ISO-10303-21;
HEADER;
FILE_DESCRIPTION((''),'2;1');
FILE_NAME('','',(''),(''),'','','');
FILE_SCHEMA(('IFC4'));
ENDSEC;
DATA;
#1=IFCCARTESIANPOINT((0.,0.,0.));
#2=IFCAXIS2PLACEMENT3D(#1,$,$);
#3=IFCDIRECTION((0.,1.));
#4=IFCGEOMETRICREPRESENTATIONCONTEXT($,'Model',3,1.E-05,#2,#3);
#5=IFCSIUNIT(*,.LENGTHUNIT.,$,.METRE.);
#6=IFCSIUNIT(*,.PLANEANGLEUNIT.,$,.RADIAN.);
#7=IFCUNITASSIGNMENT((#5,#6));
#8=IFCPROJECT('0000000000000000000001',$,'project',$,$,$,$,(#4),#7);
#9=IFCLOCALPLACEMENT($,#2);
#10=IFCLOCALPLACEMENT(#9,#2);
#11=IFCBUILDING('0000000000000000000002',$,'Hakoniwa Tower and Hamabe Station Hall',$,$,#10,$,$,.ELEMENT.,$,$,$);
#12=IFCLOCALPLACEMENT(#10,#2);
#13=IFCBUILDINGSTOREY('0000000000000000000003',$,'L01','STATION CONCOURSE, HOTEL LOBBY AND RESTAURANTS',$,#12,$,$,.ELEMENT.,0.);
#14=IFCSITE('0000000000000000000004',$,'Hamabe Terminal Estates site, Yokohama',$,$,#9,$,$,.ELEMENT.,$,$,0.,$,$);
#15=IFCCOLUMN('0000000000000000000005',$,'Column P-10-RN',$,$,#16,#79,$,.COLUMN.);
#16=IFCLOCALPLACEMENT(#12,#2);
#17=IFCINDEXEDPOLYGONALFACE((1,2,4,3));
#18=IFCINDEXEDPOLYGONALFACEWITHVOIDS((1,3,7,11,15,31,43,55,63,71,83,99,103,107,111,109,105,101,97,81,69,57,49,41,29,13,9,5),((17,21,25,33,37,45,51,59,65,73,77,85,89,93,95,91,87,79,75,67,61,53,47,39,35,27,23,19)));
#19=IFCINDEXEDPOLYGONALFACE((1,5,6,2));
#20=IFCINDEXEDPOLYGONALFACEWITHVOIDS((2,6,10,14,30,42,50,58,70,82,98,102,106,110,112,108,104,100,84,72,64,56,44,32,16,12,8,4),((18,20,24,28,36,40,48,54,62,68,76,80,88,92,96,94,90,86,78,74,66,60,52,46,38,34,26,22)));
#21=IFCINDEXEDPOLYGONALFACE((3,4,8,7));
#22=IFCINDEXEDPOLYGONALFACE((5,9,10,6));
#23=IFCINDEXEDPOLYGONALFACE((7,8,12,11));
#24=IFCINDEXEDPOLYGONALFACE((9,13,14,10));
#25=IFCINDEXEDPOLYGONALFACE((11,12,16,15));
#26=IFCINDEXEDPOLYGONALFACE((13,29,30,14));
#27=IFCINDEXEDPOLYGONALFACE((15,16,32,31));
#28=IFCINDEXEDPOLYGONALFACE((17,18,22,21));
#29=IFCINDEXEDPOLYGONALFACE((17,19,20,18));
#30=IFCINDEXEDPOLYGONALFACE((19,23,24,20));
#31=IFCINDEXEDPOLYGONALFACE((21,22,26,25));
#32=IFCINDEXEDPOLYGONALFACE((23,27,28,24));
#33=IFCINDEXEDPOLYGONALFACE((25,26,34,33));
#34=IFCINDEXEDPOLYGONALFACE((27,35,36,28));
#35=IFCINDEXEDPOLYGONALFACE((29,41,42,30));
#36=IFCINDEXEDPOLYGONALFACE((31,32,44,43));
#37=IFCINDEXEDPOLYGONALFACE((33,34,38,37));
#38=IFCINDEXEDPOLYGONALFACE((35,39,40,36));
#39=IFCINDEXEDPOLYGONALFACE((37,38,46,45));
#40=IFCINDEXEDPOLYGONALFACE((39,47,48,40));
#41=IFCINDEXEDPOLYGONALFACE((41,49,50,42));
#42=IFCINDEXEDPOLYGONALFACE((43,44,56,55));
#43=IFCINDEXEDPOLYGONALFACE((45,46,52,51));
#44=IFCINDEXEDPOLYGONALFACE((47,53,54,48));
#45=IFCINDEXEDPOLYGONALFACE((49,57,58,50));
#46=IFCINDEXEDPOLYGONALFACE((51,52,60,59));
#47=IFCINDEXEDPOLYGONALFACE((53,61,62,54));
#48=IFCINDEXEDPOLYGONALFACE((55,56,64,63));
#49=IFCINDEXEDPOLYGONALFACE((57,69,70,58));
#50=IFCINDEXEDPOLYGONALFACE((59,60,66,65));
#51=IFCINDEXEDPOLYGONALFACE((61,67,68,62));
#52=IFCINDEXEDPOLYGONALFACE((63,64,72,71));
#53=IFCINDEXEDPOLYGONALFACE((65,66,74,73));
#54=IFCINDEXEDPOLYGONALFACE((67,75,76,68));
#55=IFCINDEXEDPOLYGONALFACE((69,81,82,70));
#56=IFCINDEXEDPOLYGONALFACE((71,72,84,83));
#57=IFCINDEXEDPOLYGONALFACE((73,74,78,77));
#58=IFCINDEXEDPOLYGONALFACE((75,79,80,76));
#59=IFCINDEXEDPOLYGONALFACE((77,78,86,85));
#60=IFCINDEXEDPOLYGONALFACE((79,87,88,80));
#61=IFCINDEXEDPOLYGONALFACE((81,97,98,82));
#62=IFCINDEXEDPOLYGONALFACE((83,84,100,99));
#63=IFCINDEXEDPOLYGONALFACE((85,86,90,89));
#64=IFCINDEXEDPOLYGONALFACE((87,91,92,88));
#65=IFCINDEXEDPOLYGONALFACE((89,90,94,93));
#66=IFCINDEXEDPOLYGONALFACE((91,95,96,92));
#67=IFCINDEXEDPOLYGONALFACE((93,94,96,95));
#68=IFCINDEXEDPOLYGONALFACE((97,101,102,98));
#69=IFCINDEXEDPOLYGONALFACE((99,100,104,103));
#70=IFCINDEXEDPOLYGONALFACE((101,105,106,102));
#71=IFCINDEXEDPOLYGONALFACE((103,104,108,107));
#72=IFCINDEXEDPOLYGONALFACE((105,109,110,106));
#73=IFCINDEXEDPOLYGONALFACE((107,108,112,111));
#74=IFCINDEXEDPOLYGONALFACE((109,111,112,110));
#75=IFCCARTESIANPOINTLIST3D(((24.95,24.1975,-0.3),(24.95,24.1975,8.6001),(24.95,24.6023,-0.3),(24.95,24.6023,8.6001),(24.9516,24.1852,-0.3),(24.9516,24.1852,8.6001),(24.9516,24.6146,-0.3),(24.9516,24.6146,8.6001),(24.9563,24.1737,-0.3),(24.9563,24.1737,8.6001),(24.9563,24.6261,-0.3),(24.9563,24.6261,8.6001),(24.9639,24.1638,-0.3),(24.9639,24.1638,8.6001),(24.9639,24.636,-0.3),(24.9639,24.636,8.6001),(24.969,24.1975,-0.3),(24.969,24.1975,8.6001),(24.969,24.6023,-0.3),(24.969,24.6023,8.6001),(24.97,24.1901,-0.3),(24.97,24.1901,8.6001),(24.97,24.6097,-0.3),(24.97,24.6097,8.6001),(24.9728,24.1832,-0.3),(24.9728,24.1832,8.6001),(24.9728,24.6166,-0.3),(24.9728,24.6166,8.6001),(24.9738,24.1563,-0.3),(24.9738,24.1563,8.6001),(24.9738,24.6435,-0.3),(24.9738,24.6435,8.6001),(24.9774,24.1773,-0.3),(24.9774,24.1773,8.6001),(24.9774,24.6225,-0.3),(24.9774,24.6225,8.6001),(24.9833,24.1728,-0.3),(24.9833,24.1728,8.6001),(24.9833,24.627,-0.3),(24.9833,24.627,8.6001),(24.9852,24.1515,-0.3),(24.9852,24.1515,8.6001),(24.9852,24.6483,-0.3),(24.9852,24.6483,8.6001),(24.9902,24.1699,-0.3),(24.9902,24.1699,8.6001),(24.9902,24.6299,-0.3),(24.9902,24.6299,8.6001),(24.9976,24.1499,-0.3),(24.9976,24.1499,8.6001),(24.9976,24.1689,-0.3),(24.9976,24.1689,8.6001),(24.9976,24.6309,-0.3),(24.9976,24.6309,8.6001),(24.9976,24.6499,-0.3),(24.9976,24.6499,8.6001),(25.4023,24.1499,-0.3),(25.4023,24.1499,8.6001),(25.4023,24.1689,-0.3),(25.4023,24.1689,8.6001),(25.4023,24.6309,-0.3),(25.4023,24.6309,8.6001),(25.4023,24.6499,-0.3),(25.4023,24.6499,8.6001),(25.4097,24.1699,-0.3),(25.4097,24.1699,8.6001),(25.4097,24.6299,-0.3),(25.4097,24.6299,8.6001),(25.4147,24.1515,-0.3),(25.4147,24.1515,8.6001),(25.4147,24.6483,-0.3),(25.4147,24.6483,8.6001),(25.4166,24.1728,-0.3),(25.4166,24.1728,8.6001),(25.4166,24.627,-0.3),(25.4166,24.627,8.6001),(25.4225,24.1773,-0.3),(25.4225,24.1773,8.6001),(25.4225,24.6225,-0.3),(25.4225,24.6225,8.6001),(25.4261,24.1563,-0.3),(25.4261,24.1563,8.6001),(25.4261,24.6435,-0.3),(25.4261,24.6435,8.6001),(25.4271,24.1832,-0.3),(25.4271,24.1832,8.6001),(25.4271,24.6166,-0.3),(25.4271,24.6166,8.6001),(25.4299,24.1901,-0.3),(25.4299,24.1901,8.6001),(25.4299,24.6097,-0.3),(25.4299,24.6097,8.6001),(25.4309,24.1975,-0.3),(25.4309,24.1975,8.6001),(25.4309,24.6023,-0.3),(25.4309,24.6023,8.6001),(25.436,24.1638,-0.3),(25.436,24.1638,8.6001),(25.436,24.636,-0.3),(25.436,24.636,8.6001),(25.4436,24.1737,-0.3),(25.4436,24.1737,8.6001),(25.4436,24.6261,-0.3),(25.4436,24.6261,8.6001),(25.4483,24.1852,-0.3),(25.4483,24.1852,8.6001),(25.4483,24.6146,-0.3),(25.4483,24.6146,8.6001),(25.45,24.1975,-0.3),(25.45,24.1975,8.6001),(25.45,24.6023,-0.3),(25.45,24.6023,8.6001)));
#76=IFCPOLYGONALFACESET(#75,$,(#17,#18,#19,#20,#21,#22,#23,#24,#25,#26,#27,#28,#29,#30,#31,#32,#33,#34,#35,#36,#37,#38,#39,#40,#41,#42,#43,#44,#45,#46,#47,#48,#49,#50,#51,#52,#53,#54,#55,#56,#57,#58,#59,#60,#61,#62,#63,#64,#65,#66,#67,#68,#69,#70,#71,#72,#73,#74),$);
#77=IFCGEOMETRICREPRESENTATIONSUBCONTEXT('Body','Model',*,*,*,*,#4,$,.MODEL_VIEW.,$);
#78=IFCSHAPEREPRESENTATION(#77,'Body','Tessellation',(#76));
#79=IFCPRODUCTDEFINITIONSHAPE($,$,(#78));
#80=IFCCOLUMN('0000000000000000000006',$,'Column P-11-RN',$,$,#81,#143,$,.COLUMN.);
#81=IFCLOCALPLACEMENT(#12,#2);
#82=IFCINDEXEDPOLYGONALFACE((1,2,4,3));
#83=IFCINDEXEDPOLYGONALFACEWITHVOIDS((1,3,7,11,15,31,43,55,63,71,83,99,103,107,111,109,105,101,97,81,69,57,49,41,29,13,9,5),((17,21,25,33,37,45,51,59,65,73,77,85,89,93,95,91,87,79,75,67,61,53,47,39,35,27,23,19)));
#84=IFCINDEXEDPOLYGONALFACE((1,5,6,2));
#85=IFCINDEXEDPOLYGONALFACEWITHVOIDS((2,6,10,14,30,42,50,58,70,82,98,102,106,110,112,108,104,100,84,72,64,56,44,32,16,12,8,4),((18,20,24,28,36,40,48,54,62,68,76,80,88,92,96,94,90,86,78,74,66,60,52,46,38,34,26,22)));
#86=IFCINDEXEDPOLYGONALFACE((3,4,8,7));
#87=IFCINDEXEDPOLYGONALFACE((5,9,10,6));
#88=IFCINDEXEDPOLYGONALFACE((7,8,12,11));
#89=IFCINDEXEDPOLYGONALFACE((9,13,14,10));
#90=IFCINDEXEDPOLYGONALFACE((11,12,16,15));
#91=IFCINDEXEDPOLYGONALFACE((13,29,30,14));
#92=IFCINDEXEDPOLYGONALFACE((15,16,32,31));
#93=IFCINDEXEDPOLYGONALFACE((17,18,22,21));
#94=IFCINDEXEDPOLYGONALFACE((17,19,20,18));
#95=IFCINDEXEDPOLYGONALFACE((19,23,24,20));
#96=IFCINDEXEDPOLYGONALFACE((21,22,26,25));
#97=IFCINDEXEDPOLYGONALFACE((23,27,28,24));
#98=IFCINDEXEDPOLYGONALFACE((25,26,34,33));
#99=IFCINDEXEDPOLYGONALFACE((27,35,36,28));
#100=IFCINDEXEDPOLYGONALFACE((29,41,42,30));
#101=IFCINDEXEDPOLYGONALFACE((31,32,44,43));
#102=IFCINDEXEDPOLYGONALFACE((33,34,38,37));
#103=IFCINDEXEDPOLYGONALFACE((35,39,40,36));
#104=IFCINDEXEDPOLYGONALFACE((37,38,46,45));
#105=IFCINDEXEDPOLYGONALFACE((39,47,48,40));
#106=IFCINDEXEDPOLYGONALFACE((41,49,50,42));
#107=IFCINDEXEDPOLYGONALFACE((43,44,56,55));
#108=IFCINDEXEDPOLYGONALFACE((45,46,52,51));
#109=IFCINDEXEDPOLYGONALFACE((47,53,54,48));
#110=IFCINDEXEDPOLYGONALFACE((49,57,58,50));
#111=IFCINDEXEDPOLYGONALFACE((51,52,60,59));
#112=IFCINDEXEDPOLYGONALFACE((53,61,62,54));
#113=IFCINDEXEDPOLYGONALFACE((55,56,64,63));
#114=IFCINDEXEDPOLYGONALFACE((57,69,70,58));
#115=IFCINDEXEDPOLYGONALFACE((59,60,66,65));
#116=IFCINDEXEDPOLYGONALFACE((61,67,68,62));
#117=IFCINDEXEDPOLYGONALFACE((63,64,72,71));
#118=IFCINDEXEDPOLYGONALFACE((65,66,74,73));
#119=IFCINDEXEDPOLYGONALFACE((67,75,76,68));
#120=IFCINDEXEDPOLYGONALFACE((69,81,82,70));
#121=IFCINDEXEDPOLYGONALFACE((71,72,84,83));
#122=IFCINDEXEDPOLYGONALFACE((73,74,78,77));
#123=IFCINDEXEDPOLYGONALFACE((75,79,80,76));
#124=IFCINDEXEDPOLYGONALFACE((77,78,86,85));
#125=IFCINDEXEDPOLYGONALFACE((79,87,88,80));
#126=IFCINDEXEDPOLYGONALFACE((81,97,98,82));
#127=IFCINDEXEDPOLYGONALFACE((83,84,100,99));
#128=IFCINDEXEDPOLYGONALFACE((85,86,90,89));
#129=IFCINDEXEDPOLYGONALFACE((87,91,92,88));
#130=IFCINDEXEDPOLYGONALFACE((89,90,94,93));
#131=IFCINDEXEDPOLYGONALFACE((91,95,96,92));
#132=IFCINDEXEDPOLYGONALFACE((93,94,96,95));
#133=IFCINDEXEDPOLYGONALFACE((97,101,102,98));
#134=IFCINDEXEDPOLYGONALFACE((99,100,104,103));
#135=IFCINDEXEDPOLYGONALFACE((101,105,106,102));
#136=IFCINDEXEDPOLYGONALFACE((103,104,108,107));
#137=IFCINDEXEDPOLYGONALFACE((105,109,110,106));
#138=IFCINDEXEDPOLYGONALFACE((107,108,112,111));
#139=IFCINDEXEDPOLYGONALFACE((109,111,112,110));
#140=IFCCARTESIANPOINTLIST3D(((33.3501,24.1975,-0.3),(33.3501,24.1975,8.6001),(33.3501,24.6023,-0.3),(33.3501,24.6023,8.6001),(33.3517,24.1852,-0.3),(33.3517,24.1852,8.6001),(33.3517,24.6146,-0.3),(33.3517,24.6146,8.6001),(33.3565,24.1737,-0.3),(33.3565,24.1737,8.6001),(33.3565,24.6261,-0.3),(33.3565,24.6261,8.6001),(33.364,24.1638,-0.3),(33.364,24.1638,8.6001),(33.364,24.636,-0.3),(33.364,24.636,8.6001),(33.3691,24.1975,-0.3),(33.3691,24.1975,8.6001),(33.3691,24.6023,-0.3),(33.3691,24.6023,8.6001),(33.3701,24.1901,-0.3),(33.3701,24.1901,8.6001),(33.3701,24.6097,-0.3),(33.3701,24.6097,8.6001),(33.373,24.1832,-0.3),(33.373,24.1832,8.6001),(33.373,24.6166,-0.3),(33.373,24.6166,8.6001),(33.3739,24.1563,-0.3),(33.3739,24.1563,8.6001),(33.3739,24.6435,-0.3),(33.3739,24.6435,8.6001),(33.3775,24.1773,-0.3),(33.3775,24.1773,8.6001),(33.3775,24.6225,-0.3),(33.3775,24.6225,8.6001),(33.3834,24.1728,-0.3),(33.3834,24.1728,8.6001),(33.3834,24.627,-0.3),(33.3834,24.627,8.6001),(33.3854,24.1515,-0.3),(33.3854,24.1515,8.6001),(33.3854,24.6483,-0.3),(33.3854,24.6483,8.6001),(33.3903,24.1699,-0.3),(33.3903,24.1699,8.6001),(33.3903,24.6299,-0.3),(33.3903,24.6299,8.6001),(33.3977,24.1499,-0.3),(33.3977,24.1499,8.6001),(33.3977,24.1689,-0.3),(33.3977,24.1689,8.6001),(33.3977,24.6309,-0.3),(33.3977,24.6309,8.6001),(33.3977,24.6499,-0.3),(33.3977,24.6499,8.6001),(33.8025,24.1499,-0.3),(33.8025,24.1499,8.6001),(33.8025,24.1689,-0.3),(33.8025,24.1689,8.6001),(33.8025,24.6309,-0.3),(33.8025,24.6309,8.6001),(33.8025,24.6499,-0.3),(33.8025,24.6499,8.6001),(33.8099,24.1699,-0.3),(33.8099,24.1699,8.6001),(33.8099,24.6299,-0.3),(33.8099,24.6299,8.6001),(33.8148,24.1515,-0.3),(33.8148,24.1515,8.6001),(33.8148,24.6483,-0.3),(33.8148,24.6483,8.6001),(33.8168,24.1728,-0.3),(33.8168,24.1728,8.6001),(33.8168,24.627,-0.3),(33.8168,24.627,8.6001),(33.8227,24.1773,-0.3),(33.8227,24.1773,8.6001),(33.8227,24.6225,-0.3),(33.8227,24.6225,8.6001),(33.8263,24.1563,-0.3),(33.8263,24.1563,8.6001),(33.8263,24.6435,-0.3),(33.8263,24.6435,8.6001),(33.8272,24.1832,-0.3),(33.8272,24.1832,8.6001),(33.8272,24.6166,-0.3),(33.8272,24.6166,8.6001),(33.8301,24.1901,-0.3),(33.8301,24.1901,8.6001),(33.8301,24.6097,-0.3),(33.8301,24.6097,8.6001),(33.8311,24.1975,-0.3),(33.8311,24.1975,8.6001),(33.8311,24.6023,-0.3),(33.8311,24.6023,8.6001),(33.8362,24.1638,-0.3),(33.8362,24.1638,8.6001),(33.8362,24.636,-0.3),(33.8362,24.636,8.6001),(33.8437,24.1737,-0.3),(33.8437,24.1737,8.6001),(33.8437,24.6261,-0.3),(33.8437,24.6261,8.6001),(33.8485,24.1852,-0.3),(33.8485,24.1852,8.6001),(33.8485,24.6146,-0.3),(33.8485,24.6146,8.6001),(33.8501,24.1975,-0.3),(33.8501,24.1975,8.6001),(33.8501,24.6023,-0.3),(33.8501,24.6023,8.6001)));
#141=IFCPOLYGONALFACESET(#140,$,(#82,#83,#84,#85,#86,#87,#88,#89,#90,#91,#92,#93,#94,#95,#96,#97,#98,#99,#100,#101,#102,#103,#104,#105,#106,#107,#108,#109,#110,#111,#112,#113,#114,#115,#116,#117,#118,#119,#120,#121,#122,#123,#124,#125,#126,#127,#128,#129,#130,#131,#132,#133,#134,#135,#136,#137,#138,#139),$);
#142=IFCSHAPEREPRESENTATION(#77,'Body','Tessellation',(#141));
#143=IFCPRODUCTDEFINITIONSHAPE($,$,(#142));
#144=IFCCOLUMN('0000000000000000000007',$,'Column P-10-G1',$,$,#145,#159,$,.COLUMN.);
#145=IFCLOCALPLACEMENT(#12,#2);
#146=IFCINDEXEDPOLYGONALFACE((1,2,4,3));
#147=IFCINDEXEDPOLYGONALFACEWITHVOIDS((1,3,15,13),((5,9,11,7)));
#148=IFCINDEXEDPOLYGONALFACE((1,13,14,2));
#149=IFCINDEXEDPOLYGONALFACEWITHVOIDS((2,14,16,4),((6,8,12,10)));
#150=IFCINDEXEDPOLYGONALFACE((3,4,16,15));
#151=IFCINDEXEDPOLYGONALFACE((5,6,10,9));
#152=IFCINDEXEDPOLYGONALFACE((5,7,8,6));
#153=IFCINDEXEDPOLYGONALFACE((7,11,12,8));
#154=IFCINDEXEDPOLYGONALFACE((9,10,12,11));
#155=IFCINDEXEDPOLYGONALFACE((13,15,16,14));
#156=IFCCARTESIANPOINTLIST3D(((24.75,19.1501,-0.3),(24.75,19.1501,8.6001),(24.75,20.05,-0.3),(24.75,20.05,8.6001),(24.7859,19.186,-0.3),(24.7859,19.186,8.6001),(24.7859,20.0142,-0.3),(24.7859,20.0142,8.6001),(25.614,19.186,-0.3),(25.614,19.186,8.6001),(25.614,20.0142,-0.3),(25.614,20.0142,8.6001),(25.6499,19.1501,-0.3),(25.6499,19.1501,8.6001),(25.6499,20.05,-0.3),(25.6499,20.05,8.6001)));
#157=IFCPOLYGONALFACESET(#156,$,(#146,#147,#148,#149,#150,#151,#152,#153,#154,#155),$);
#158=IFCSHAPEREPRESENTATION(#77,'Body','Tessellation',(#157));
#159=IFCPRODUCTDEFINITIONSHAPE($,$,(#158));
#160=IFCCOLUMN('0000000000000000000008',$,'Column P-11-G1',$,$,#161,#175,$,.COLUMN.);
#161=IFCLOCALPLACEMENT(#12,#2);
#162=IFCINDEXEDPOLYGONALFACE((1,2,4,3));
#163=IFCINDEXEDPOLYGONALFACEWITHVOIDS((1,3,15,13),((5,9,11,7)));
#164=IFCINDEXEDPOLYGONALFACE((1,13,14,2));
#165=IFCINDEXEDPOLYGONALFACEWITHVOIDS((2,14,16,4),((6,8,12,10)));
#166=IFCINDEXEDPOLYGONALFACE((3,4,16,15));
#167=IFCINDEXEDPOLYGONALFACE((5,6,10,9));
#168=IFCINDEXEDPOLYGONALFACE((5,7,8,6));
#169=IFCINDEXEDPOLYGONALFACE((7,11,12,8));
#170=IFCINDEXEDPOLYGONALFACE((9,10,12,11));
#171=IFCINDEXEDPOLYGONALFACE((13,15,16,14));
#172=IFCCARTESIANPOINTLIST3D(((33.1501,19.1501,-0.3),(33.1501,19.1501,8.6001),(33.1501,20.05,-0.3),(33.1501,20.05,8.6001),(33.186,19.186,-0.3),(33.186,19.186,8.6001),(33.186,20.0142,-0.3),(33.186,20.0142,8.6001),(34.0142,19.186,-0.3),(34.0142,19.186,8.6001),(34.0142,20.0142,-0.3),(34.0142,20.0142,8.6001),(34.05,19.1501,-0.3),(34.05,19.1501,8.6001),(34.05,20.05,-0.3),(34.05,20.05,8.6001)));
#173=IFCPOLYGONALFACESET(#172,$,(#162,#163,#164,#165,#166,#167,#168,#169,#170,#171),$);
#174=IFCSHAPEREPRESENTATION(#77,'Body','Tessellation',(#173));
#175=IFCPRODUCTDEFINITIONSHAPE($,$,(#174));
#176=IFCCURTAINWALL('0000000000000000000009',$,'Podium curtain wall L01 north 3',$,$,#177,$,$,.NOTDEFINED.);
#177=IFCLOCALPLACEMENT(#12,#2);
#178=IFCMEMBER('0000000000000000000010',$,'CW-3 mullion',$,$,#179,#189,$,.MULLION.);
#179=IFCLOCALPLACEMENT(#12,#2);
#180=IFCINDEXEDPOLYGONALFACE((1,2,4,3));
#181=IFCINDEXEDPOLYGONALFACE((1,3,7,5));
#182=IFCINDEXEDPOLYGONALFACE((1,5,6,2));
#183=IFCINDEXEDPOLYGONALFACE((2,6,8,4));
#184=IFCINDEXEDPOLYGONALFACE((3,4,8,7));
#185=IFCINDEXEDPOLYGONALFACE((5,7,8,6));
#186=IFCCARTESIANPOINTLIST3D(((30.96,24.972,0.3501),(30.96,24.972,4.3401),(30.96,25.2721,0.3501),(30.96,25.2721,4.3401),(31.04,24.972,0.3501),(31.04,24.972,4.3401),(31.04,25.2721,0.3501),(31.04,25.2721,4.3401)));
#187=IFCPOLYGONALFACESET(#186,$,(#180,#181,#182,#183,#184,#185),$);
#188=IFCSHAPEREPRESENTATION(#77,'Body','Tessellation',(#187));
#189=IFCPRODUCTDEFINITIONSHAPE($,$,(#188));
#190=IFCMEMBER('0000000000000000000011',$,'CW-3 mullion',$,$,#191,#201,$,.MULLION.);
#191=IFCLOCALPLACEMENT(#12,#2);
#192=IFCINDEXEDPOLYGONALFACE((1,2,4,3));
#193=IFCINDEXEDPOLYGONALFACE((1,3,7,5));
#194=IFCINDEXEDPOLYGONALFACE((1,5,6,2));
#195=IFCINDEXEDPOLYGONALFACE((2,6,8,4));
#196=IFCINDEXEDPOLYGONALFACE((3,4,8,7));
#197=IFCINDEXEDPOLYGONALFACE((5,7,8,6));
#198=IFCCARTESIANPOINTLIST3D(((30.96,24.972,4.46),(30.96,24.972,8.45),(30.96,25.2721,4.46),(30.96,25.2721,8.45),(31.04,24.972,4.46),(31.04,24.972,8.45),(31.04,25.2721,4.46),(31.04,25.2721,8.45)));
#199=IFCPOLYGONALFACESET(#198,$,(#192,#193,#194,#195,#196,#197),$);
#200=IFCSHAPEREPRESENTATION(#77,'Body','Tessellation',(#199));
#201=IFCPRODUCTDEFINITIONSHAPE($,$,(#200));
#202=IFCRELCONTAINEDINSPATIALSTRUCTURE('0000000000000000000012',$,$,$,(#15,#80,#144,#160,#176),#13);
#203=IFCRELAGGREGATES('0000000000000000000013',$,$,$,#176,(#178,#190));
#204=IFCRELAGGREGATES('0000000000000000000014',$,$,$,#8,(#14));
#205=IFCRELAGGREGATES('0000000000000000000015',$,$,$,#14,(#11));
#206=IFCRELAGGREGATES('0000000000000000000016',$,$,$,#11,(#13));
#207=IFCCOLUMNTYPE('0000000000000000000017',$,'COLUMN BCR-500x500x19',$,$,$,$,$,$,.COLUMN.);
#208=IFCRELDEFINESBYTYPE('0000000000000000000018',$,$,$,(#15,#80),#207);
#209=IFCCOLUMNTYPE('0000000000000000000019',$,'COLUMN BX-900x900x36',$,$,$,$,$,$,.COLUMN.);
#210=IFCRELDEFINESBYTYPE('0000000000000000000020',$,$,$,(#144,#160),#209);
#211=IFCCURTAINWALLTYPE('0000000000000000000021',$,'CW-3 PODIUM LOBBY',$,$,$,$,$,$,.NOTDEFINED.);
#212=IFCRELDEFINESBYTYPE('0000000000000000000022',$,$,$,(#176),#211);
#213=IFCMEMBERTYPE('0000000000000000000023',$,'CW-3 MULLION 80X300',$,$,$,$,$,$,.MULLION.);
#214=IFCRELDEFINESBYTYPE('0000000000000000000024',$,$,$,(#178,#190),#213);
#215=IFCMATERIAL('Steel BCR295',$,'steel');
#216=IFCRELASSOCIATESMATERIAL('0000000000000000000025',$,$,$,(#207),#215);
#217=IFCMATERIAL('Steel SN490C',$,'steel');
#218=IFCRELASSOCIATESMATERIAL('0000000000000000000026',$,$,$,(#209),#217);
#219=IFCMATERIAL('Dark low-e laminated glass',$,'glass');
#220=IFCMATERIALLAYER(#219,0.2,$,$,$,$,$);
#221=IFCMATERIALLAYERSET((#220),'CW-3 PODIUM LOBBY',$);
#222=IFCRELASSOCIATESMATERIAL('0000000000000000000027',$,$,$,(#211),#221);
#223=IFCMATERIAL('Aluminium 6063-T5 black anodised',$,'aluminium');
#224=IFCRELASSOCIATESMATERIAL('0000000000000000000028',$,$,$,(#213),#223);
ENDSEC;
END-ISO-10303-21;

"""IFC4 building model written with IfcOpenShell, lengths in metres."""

from ifc_helpers import new_model, si_unit, direction, frame, origin, origin_2d, place, context, subcontext, project, spatial, rectangle, hollow_rectangle, extrude, material, layer, layer_set, material_profile, profile_set, type_object, element, aggregate, save


model = new_model("IFC4")

# Units and contexts
model_context = context("Model", 3, precision=1e-05, world=origin(), true_north=direction((0.0, 1.0)))
body_context = subcontext(model_context, "Body", "Model", "MODEL_VIEW")
ifc_project = project(units=[si_unit("LENGTHUNIT", "METRE"), si_unit("PLANEANGLEUNIT", "RADIAN")], contexts=[model_context])

# Site, building, storey
site_placement = place(None, origin())
site = spatial("IfcSite", under=ifc_project, at=site_placement, Name="Hamabe Terminal Estates site, Yokohama", CompositionType="ELEMENT", RefElevation=0.0)
building_placement = place(site_placement, origin())
building = spatial("IfcBuilding", under=site, at=building_placement, Name="Hakoniwa Tower and Hamabe Station Hall", CompositionType="ELEMENT")
storey_placement = place(building_placement, origin())
storey = spatial("IfcBuildingStorey", under=building, at=storey_placement, Name="L01", Description="STATION CONCOURSE, HOTEL LOBBY AND RESTAURANTS", CompositionType="ELEMENT", Elevation=0.0)

# Columns
ifc_material_1 = material(Name="Steel BCR295", Category="steel")
ifc_material_profile_1 = material_profile(ifc_material_1, hollow_rectangle(XDim=0.5, YDim=0.5, WallThickness=0.019, InnerFilletRadius=0.0286, OuterFilletRadius=0.0476, at=origin_2d()), Name="BCR-500x500x19")
ifc_profile_set_1 = profile_set([ifc_material_profile_1], Name="Steel BCR295")
column_type_1 = type_object("IfcColumnType", Name="COLUMN BCR-500x500x19", PredefinedType="COLUMN", material=ifc_profile_set_1)
for number, where, z_axis, x_axis, name in (
    (1, (25.2, 24.3999, -0.3), (0.0, 0.0, 1.0), (1.0, 0.0, 0.0), "Column P-10-RN"),
    (2, (33.6001, 24.3999, -0.3), (0.0, 0.0, 1.0), (1.0, 0.0, 0.0), "Column P-11-RN"),
):
    element("IfcColumn", number, at=place(storey_placement, frame(where, z_axis=z_axis, x_axis=x_axis)), inside=storey, type_object=column_type_1, Name=name, PredefinedType="COLUMN", context=body_context, shape_type="SweptSolid", body=[
        extrude(hollow_rectangle(XDim=0.5, YDim=0.5, WallThickness=0.019, InnerFilletRadius=0.0286, OuterFilletRadius=0.0476, at=origin_2d()), origin(), (0.0, 0.0, 1.0), 8.9001),
    ])
ifc_material_2 = material(Name="Steel SN490C", Category="steel")
ifc_material_profile_2 = material_profile(ifc_material_2, hollow_rectangle(XDim=0.8999, YDim=0.8999, WallThickness=0.0359, at=origin_2d()), Name="BX-900x900x36")
ifc_profile_set_2 = profile_set([ifc_material_profile_2], Name="Steel SN490C")
column_type_2 = type_object("IfcColumnType", Name="COLUMN BX-900x900x36", PredefinedType="COLUMN", material=ifc_profile_set_2)
for number, where, z_axis, x_axis, name in (
    (3, (25.2, 19.6001, -0.3), (0.0, 0.0, 1.0), (1.0, 0.0, 0.0), "Column P-10-G1"),
    (4, (33.6001, 19.6001, -0.3), (0.0, 0.0, 1.0), (1.0, 0.0, 0.0), "Column P-11-G1"),
):
    element("IfcColumn", number, at=place(storey_placement, frame(where, z_axis=z_axis, x_axis=x_axis)), inside=storey, type_object=column_type_2, Name=name, PredefinedType="COLUMN", context=body_context, shape_type="SweptSolid", body=[
        extrude(hollow_rectangle(XDim=0.8999, YDim=0.8999, WallThickness=0.0359, at=origin_2d()), origin(), (0.0, 0.0, 1.0), 8.9001),
    ])

# Curtain wall, members
ifc_material_3 = material(Name="Dark low-e laminated glass", Category="glass")
ifc_layer_1 = layer(ifc_material_3, 0.2)
ifc_layer_set_1 = layer_set([ifc_layer_1], Name="CW-3 PODIUM LOBBY")
curtain_wall_type = type_object("IfcCurtainWallType", Name="CW-3 PODIUM LOBBY", PredefinedType="NOTDEFINED", material=ifc_layer_set_1)
curtain_wall_placement = place(storey_placement, origin())
curtain_wall = element("IfcCurtainWall", 5, at=curtain_wall_placement, inside=storey, type_object=curtain_wall_type, Name="Podium curtain wall L01 north 3", PredefinedType="NOTDEFINED")
ifc_material_4 = material(Name="Aluminium 6063-T5 black anodised", Category="aluminium")
ifc_material_profile_3 = material_profile(ifc_material_4, rectangle(XDim=0.0801, YDim=0.3, at=origin_2d()), Name="CW-3 MULLION 80X300")
ifc_profile_set_3 = profile_set([ifc_material_profile_3], Name="Aluminium 6063-T5 black anodised")
member_type = type_object("IfcMemberType", Name="CW-3 MULLION 80X300", PredefinedType="MULLION", material=ifc_profile_set_3)
member_1_placement = place(storey_placement, frame((31.0, 25.1221, 0.3501), z_axis=(0.0, 0.0, 1.0), x_axis=(-1.0, 0.0, 0.0)))
member_1 = element("IfcMember", 6, at=member_1_placement, type_object=member_type, Name="CW-3 mullion", PredefinedType="MULLION", context=body_context, shape_type="SweptSolid", body=[
    extrude(rectangle(XDim=0.0801, YDim=0.3, at=origin_2d()), origin(), (0.0, 0.0, 1.0), 3.99),
])
member_2_placement = place(storey_placement, frame((31.0, 25.1221, 4.46), z_axis=(0.0, 0.0, 1.0), x_axis=(-1.0, 0.0, 0.0)))
member_2 = element("IfcMember", 7, at=member_2_placement, type_object=member_type, Name="CW-3 mullion", PredefinedType="MULLION", context=body_context, shape_type="SweptSolid", body=[
    extrude(rectangle(XDim=0.0801, YDim=0.3, at=origin_2d()), origin(), (0.0, 0.0, 1.0), 3.99),
])
aggregate(curtain_wall, [member_1, member_2])

save(model, "model.ifc")
